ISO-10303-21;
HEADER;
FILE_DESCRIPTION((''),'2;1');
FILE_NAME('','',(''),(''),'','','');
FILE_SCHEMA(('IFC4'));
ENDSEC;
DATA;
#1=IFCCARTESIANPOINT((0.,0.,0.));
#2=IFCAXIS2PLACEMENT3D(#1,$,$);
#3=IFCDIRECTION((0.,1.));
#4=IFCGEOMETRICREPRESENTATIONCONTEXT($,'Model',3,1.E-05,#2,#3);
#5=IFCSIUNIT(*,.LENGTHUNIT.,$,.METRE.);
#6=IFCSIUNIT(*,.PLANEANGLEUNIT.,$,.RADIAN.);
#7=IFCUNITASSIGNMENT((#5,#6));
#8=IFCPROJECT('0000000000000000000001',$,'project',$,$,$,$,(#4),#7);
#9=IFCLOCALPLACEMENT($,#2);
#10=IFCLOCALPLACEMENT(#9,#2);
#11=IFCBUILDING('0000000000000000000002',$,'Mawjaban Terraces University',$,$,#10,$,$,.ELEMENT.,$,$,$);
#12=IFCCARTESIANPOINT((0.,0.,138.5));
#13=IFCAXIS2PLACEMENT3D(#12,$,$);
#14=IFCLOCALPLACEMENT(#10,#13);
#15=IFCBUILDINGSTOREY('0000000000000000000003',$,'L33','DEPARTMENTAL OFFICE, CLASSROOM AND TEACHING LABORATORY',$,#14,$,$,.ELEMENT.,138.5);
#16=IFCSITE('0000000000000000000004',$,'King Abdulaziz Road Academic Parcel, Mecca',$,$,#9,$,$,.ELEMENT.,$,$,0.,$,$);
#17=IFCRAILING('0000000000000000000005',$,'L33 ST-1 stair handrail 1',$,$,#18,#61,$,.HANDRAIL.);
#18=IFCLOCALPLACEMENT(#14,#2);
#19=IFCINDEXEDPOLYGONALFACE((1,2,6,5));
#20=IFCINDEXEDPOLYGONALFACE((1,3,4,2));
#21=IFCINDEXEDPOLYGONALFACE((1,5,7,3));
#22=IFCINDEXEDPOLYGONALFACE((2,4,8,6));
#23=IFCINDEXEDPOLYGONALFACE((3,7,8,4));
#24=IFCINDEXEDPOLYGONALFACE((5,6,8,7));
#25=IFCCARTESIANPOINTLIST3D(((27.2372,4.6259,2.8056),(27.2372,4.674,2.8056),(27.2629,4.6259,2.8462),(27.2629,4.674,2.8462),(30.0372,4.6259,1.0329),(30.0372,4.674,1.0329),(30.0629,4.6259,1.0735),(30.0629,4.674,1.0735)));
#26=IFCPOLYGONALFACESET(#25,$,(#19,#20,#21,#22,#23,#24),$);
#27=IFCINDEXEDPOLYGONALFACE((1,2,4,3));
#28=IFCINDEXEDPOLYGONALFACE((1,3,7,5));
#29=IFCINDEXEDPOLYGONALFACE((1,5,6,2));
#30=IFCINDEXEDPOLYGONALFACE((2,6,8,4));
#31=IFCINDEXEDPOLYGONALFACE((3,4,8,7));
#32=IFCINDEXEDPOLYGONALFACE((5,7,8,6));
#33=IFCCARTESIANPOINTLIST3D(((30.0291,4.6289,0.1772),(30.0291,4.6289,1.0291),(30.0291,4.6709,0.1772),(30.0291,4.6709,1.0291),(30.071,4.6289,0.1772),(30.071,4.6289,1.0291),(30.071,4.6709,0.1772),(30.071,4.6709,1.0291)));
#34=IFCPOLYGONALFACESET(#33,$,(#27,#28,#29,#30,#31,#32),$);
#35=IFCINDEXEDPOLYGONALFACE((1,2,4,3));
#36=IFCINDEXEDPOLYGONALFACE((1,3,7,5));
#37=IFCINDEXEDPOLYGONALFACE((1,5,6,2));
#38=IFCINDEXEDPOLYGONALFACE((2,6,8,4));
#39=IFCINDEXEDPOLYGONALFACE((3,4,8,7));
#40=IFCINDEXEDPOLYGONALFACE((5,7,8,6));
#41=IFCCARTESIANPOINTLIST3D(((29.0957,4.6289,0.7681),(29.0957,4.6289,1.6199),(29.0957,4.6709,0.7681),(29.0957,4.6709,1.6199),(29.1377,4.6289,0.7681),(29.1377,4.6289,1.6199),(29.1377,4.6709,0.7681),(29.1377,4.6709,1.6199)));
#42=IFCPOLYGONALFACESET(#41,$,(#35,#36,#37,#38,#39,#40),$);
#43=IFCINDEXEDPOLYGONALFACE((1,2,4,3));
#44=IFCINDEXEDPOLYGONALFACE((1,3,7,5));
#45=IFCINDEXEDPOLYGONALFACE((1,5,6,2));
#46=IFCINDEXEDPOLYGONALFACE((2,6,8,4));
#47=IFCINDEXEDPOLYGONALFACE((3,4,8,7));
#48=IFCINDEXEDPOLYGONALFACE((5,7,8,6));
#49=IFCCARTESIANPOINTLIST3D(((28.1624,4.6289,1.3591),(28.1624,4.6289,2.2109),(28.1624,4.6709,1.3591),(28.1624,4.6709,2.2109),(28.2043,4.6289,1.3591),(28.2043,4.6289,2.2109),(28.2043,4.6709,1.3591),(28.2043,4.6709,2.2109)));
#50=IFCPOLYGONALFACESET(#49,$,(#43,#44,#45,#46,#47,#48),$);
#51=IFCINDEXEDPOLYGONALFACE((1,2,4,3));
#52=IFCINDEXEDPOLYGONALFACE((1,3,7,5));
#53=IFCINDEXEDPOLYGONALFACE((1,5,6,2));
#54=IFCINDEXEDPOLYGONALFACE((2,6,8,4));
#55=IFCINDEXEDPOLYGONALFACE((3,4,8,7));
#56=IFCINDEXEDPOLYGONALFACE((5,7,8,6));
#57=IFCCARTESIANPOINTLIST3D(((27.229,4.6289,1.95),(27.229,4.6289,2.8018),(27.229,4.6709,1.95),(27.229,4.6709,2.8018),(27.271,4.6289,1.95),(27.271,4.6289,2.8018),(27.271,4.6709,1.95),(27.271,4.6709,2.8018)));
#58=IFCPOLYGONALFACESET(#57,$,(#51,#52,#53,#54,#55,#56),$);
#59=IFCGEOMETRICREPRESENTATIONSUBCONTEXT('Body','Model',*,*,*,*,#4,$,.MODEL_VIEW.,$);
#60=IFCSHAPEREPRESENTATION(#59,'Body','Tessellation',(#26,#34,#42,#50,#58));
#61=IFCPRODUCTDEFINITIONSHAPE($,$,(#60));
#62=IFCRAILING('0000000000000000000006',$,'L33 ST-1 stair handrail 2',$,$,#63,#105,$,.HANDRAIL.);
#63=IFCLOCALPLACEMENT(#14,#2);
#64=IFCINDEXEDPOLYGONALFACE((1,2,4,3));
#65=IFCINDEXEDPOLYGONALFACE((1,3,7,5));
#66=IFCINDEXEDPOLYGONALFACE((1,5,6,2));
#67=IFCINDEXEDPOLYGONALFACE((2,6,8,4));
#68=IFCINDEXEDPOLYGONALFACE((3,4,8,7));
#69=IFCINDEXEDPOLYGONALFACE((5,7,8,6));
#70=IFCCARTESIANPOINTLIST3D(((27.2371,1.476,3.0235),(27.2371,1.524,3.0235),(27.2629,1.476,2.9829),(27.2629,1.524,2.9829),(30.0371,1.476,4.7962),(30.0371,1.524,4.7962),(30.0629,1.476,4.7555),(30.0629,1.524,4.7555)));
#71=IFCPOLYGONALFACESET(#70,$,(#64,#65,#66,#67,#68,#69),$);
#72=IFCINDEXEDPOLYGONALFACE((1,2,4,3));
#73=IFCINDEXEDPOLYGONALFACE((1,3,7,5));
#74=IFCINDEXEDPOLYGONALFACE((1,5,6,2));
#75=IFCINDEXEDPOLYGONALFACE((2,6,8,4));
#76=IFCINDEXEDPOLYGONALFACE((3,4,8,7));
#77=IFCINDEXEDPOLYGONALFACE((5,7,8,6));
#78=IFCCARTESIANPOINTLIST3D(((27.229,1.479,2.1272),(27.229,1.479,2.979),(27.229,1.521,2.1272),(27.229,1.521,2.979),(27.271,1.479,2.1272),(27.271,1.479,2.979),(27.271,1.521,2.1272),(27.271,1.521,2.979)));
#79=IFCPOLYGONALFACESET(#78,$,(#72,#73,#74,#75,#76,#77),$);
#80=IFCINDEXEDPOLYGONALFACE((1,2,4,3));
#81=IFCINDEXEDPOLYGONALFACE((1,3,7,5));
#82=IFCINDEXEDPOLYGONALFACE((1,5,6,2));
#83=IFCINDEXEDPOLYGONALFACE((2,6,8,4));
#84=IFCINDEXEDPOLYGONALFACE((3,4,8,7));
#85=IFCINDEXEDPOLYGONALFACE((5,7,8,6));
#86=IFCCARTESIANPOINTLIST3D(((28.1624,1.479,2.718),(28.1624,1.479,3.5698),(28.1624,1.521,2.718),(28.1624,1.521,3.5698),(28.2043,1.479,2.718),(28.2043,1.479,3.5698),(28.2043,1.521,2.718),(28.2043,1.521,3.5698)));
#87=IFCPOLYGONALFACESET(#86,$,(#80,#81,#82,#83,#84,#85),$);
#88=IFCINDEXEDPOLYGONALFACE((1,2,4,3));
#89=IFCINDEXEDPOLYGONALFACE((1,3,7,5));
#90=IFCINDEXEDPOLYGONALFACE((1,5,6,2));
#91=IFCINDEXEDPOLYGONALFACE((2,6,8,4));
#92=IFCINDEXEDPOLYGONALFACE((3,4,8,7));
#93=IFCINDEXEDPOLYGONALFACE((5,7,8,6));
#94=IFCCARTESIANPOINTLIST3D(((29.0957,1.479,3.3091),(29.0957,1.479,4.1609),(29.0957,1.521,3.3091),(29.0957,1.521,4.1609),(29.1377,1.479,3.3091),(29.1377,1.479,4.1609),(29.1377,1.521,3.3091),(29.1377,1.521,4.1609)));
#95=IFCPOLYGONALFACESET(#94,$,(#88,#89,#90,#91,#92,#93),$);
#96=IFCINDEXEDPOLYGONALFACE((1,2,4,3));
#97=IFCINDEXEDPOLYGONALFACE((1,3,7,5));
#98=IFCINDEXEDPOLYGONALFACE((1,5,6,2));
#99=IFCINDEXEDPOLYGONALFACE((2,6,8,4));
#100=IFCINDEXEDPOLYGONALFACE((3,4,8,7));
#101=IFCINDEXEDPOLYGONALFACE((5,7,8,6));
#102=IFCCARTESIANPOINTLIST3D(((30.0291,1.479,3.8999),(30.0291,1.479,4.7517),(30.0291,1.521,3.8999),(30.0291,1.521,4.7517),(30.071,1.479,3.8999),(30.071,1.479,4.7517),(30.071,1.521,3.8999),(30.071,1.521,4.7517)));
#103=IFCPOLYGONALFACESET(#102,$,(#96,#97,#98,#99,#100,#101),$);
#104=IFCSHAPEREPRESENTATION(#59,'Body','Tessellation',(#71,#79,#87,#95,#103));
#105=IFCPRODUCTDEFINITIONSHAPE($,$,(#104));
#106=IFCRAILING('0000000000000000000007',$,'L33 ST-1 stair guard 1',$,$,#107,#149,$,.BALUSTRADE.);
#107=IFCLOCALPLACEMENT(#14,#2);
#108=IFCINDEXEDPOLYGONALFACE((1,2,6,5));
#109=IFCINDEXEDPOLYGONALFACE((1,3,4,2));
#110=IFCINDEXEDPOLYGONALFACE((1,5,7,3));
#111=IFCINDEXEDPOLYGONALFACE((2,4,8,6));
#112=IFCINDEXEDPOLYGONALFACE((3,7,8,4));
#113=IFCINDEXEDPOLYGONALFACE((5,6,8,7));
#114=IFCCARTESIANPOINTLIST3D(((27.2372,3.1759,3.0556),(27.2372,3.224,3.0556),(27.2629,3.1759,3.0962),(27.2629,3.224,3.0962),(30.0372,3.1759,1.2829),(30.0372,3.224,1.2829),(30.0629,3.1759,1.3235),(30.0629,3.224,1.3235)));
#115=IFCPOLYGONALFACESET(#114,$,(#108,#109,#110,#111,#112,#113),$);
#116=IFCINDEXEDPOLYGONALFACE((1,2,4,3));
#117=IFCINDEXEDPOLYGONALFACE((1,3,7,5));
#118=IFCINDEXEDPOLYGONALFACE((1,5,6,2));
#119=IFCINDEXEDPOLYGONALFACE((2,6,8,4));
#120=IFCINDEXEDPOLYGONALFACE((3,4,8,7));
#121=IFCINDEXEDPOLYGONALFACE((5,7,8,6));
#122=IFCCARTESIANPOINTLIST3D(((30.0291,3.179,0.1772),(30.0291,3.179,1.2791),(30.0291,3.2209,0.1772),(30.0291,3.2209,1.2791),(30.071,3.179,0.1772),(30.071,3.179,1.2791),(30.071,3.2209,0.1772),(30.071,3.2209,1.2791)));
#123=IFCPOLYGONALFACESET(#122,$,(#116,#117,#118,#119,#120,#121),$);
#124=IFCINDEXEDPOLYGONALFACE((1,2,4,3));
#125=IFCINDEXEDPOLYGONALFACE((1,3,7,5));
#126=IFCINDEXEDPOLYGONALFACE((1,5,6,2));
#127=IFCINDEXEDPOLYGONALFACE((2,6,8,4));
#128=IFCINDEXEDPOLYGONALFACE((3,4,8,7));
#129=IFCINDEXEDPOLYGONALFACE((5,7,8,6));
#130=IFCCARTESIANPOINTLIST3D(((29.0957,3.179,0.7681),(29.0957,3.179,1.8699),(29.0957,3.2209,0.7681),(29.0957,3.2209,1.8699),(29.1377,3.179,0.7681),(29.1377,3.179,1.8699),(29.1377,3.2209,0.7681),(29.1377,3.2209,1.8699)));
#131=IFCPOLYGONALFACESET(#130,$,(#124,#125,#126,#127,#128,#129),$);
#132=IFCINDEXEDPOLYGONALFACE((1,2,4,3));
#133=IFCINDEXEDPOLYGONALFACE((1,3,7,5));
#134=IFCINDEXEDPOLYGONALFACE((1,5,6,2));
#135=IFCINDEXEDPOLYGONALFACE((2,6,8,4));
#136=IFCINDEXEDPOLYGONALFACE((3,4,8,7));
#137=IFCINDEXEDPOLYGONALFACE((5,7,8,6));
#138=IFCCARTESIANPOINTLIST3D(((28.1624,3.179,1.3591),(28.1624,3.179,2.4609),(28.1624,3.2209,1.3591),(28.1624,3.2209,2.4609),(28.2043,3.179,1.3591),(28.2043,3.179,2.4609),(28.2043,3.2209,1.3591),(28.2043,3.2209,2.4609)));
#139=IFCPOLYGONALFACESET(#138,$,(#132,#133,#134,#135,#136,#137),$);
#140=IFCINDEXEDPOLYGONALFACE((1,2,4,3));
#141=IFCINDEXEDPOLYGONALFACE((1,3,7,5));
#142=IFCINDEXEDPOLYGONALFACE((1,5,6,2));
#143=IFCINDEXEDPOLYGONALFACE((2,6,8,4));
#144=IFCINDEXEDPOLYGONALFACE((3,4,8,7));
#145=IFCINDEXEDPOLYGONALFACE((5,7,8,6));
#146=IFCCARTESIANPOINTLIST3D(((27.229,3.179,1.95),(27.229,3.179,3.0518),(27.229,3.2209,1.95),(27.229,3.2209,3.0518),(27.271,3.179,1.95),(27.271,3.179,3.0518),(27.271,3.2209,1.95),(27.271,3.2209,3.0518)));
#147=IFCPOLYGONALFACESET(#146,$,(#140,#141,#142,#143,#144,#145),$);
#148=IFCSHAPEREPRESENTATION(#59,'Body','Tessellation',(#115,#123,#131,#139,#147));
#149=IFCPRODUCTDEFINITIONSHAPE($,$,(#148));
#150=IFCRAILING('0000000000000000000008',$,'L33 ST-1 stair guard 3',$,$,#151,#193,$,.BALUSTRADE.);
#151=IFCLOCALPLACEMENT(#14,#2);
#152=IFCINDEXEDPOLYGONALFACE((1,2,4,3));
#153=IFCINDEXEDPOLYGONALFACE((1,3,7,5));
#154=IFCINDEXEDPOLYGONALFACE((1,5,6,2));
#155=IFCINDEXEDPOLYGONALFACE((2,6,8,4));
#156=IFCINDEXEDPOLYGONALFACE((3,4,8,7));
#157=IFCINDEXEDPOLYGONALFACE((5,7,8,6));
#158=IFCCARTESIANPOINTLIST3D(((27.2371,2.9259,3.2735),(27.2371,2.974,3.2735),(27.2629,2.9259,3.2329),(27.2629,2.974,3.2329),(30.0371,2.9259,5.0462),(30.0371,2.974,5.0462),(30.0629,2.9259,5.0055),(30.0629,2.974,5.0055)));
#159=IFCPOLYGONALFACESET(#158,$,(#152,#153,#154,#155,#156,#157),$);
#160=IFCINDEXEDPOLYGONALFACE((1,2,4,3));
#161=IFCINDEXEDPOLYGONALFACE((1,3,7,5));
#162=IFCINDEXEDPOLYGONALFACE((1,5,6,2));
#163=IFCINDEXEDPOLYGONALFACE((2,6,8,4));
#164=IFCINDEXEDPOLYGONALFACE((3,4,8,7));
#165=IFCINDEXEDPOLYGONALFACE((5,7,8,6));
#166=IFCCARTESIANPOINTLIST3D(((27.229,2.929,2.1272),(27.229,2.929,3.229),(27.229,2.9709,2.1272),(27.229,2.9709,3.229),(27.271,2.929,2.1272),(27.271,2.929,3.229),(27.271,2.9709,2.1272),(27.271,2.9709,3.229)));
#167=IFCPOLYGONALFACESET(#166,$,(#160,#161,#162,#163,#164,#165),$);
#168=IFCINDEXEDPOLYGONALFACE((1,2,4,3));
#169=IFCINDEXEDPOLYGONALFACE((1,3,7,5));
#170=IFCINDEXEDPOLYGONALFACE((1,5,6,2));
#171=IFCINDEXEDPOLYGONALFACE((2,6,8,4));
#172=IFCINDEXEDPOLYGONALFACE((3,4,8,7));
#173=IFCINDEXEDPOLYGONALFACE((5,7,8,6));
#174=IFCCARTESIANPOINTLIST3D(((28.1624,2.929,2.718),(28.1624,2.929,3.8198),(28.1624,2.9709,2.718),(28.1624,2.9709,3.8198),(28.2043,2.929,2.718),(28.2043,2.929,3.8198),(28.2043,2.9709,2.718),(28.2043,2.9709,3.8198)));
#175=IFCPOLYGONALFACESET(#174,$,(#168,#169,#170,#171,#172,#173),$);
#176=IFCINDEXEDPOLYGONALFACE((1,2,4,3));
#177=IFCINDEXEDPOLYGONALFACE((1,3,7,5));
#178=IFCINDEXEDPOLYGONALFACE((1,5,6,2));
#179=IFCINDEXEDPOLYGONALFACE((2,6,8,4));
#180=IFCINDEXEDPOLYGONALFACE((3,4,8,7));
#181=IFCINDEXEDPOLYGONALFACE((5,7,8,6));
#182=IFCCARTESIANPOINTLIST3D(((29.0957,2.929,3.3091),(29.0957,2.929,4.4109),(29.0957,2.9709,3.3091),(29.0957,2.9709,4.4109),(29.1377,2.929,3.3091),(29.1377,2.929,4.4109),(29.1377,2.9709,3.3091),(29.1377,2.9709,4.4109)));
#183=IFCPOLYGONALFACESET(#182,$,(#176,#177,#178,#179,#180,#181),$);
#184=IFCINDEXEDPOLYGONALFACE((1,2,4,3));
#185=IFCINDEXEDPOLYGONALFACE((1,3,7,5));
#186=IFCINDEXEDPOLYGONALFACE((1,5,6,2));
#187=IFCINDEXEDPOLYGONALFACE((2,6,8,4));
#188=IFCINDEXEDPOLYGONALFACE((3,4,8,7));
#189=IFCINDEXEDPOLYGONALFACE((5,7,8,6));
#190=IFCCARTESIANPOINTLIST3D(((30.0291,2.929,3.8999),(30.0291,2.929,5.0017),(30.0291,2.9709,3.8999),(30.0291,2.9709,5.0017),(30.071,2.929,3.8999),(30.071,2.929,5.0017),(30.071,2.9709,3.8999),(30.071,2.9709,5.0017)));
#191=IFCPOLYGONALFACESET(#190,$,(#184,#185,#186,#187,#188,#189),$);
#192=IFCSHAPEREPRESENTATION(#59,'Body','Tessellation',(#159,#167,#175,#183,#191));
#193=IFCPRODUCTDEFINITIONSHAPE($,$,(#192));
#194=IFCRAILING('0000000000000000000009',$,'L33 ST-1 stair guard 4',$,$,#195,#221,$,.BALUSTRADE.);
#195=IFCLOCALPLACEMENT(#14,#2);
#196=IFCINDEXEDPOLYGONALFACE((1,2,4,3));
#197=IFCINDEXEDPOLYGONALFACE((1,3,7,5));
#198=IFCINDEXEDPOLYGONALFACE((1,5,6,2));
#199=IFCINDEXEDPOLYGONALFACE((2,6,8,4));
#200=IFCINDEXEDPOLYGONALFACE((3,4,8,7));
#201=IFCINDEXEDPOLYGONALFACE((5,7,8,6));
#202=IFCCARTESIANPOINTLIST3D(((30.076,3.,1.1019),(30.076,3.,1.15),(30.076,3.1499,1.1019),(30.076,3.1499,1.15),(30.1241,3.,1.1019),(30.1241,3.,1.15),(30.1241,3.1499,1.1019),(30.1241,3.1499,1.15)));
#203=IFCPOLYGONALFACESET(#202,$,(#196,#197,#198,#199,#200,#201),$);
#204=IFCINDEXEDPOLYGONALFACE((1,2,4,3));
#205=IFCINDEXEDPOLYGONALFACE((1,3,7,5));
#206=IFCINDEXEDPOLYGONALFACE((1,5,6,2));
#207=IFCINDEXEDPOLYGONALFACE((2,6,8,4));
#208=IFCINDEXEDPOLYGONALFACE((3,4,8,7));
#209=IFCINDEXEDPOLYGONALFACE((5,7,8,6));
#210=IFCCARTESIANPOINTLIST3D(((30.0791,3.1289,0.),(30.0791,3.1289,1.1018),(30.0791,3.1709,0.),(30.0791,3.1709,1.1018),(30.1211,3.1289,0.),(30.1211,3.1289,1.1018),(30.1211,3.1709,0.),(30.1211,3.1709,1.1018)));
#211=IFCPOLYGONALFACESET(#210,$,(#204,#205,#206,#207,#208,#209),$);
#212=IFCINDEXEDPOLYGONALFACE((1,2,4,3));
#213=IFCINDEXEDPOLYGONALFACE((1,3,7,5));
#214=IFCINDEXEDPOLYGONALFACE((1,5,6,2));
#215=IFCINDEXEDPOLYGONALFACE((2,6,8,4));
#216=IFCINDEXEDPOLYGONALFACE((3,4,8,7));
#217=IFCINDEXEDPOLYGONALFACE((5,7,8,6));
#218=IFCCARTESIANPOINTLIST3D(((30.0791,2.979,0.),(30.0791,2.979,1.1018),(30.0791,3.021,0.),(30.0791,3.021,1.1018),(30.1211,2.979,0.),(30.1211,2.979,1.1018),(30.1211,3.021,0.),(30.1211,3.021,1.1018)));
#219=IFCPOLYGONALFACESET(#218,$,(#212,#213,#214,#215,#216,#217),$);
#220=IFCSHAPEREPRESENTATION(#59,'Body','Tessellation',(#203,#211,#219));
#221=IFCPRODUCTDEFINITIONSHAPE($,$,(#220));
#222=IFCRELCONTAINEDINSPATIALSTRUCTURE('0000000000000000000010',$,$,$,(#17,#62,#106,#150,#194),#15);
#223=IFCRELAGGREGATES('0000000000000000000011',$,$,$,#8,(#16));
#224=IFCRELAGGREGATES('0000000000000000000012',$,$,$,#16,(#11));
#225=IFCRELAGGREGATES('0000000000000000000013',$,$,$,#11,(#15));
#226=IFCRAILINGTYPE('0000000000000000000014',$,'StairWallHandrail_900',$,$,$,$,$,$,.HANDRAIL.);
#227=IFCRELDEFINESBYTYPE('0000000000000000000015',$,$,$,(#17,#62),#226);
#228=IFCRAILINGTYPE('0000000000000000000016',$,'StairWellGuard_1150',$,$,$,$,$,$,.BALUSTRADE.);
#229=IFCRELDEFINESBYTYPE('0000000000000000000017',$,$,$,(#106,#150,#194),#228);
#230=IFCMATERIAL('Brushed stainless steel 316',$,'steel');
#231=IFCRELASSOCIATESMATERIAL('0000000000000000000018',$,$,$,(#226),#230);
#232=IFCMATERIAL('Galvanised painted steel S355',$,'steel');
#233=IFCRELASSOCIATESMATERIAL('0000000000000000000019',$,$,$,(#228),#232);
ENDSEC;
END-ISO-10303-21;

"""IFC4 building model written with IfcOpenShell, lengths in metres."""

from ifc_helpers import new_model, si_unit, direction, frame, origin, origin_2d, place, context, subcontext, project, spatial, rectangle, extrude, material, type_object, element, save


model = new_model("IFC4")

# Units and contexts
model_context = context("Model", 3, precision=1e-05, world=origin(), true_north=direction((0.0, 1.0)))
body_context = subcontext(model_context, "Body", "Model", "MODEL_VIEW")
ifc_project = project(units=[si_unit("LENGTHUNIT", "METRE"), si_unit("PLANEANGLEUNIT", "RADIAN")], contexts=[model_context])

# Site, building, storey
site_placement = place(None, origin())
site = spatial("IfcSite", under=ifc_project, at=site_placement, Name="King Abdulaziz Road Academic Parcel, Mecca", CompositionType="ELEMENT", RefElevation=0.0)
building_placement = place(site_placement, origin())
building = spatial("IfcBuilding", under=site, at=building_placement, Name="Mawjaban Terraces University", CompositionType="ELEMENT")
storey_placement = place(building_placement, frame((0.0, 0.0, 138.5)))
storey = spatial("IfcBuildingStorey", under=building, at=storey_placement, Name="L33", Description="DEPARTMENTAL OFFICE, CLASSROOM AND TEACHING LABORATORY", CompositionType="ELEMENT", Elevation=138.5)

# Railings
ifc_material_1 = material(Name="Brushed stainless steel 316", Category="steel")
railing_type_1 = type_object("IfcRailingType", Name="StairWallHandrail_900", PredefinedType="HANDRAIL", material=ifc_material_1)
railing_1_placement = place(storey_placement, frame((30.05, 4.6499, 0.1772)))
element("IfcRailing", 1, at=railing_1_placement, inside=storey, type_object=railing_type_1, Name="L33 ST-1 stair handrail 1", PredefinedType="HANDRAIL", context=body_context, shape_type="SweptSolid", body=[
    extrude(rectangle(XDim=0.0481, YDim=0.0481, at=origin_2d()), frame((0.0, 0.0, 0.876), z_axis=(-0.844909, 0.0, 0.53491), x_axis=(0.0, -1.0, 0.0)), (0.0, 0.0, 1.0), 3.314),
    extrude(rectangle(XDim=0.042, YDim=0.042, at=origin_2d()), origin(), (0.0, 0.0, 1.0), 0.8518),
    extrude(rectangle(XDim=0.042, YDim=0.042, at=origin_2d()), frame((-0.9333, 0.0, 0.5908)), (0.0, 0.0, 1.0), 0.8518),
    extrude(rectangle(XDim=0.042, YDim=0.042, at=origin_2d()), frame((-1.8667, 0.0, 1.1819)), (0.0, 0.0, 1.0), 0.8518),
    extrude(rectangle(XDim=0.042, YDim=0.042, at=origin_2d()), frame((-2.8, 0.0, 1.7727)), (0.0, 0.0, 1.0), 0.8518),
])
railing_2_placement = place(storey_placement, frame((27.25, 1.5, 2.1272)))
element("IfcRailing", 2, at=railing_2_placement, inside=storey, type_object=railing_type_1, Name="L33 ST-1 stair handrail 2", PredefinedType="HANDRAIL", context=body_context, shape_type="SweptSolid", body=[
    extrude(rectangle(XDim=0.0481, YDim=0.0481, at=origin_2d()), frame((0.0, 0.0, 0.876), z_axis=(0.844909, 0.0, 0.53491), x_axis=(0.0, 1.0, 0.0)), (0.0, 0.0, 1.0), 3.314),
    extrude(rectangle(XDim=0.042, YDim=0.042, at=origin_2d()), origin(), (0.0, 0.0, 1.0), 0.8518),
    extrude(rectangle(XDim=0.042, YDim=0.042, at=origin_2d()), frame((0.9333, 0.0, 0.5908)), (0.0, 0.0, 1.0), 0.8518),
    extrude(rectangle(XDim=0.042, YDim=0.042, at=origin_2d()), frame((1.8667, 0.0, 1.1819)), (0.0, 0.0, 1.0), 0.8518),
    extrude(rectangle(XDim=0.042, YDim=0.042, at=origin_2d()), frame((2.8, 0.0, 1.7727)), (0.0, 0.0, 1.0), 0.8518),
])
ifc_material_2 = material(Name="Galvanised painted steel S355", Category="steel")
railing_type_2 = type_object("IfcRailingType", Name="StairWellGuard_1150", PredefinedType="BALUSTRADE", material=ifc_material_2)
railing_3_placement = place(storey_placement, frame((30.05, 3.2, 0.1772)))
element("IfcRailing", 3, at=railing_3_placement, inside=storey, type_object=railing_type_2, Name="L33 ST-1 stair guard 1", PredefinedType="BALUSTRADE", context=body_context, shape_type="SweptSolid", body=[
    extrude(rectangle(XDim=0.0481, YDim=0.0481, at=origin_2d()), frame((0.0, 0.0, 1.126), z_axis=(-0.844909, 0.0, 0.53491), x_axis=(0.0, -1.0, 0.0)), (0.0, 0.0, 1.0), 3.314),
    extrude(rectangle(XDim=0.042, YDim=0.042, at=origin_2d()), origin(), (0.0, 0.0, 1.0), 1.1018),
    extrude(rectangle(XDim=0.042, YDim=0.042, at=origin_2d()), frame((-0.9333, 0.0, 0.5908)), (0.0, 0.0, 1.0), 1.1018),
    extrude(rectangle(XDim=0.042, YDim=0.042, at=origin_2d()), frame((-1.8667, 0.0, 1.1819)), (0.0, 0.0, 1.0), 1.1018),
    extrude(rectangle(XDim=0.042, YDim=0.042, at=origin_2d()), frame((-2.8, 0.0, 1.7727)), (0.0, 0.0, 1.0), 1.1018),
])
railing_4_placement = place(storey_placement, frame((27.25, 2.95, 2.1272)))
element("IfcRailing", 4, at=railing_4_placement, inside=storey, type_object=railing_type_2, Name="L33 ST-1 stair guard 3", PredefinedType="BALUSTRADE", context=body_context, shape_type="SweptSolid", body=[
    extrude(rectangle(XDim=0.0481, YDim=0.0481, at=origin_2d()), frame((0.0, 0.0, 1.126), z_axis=(0.844909, 0.0, 0.53491), x_axis=(0.0, 1.0, 0.0)), (0.0, 0.0, 1.0), 3.314),
    extrude(rectangle(XDim=0.042, YDim=0.042, at=origin_2d()), origin(), (0.0, 0.0, 1.0), 1.1018),
    extrude(rectangle(XDim=0.042, YDim=0.042, at=origin_2d()), frame((0.9333, 0.0, 0.5908)), (0.0, 0.0, 1.0), 1.1018),
    extrude(rectangle(XDim=0.042, YDim=0.042, at=origin_2d()), frame((1.8667, 0.0, 1.1819)), (0.0, 0.0, 1.0), 1.1018),
    extrude(rectangle(XDim=0.042, YDim=0.042, at=origin_2d()), frame((2.8, 0.0, 1.7727)), (0.0, 0.0, 1.0), 1.1018),
])
railing_5_placement = place(storey_placement, frame((30.1001, 3.1499, 0.0)))
element("IfcRailing", 5, at=railing_5_placement, inside=storey, type_object=railing_type_2, Name="L33 ST-1 stair guard 4", PredefinedType="BALUSTRADE", context=body_context, shape_type="SweptSolid", body=[
    extrude(rectangle(XDim=0.0481, YDim=0.0481, at=origin_2d()), frame((0.0, 0.0, 1.126), z_axis=(0.0, -1.0, 0.0), x_axis=(1.0, 0.0, 0.0)), (0.0, 0.0, 1.0), 0.1499),
    extrude(rectangle(XDim=0.042, YDim=0.042, at=origin_2d()), origin(), (0.0, 0.0, 1.0), 1.1018),
    extrude(rectangle(XDim=0.042, YDim=0.042, at=origin_2d()), frame((0.0, -0.1499, 0.0)), (0.0, 0.0, 1.0), 1.1018),
])

save(model, "model.ifc")
